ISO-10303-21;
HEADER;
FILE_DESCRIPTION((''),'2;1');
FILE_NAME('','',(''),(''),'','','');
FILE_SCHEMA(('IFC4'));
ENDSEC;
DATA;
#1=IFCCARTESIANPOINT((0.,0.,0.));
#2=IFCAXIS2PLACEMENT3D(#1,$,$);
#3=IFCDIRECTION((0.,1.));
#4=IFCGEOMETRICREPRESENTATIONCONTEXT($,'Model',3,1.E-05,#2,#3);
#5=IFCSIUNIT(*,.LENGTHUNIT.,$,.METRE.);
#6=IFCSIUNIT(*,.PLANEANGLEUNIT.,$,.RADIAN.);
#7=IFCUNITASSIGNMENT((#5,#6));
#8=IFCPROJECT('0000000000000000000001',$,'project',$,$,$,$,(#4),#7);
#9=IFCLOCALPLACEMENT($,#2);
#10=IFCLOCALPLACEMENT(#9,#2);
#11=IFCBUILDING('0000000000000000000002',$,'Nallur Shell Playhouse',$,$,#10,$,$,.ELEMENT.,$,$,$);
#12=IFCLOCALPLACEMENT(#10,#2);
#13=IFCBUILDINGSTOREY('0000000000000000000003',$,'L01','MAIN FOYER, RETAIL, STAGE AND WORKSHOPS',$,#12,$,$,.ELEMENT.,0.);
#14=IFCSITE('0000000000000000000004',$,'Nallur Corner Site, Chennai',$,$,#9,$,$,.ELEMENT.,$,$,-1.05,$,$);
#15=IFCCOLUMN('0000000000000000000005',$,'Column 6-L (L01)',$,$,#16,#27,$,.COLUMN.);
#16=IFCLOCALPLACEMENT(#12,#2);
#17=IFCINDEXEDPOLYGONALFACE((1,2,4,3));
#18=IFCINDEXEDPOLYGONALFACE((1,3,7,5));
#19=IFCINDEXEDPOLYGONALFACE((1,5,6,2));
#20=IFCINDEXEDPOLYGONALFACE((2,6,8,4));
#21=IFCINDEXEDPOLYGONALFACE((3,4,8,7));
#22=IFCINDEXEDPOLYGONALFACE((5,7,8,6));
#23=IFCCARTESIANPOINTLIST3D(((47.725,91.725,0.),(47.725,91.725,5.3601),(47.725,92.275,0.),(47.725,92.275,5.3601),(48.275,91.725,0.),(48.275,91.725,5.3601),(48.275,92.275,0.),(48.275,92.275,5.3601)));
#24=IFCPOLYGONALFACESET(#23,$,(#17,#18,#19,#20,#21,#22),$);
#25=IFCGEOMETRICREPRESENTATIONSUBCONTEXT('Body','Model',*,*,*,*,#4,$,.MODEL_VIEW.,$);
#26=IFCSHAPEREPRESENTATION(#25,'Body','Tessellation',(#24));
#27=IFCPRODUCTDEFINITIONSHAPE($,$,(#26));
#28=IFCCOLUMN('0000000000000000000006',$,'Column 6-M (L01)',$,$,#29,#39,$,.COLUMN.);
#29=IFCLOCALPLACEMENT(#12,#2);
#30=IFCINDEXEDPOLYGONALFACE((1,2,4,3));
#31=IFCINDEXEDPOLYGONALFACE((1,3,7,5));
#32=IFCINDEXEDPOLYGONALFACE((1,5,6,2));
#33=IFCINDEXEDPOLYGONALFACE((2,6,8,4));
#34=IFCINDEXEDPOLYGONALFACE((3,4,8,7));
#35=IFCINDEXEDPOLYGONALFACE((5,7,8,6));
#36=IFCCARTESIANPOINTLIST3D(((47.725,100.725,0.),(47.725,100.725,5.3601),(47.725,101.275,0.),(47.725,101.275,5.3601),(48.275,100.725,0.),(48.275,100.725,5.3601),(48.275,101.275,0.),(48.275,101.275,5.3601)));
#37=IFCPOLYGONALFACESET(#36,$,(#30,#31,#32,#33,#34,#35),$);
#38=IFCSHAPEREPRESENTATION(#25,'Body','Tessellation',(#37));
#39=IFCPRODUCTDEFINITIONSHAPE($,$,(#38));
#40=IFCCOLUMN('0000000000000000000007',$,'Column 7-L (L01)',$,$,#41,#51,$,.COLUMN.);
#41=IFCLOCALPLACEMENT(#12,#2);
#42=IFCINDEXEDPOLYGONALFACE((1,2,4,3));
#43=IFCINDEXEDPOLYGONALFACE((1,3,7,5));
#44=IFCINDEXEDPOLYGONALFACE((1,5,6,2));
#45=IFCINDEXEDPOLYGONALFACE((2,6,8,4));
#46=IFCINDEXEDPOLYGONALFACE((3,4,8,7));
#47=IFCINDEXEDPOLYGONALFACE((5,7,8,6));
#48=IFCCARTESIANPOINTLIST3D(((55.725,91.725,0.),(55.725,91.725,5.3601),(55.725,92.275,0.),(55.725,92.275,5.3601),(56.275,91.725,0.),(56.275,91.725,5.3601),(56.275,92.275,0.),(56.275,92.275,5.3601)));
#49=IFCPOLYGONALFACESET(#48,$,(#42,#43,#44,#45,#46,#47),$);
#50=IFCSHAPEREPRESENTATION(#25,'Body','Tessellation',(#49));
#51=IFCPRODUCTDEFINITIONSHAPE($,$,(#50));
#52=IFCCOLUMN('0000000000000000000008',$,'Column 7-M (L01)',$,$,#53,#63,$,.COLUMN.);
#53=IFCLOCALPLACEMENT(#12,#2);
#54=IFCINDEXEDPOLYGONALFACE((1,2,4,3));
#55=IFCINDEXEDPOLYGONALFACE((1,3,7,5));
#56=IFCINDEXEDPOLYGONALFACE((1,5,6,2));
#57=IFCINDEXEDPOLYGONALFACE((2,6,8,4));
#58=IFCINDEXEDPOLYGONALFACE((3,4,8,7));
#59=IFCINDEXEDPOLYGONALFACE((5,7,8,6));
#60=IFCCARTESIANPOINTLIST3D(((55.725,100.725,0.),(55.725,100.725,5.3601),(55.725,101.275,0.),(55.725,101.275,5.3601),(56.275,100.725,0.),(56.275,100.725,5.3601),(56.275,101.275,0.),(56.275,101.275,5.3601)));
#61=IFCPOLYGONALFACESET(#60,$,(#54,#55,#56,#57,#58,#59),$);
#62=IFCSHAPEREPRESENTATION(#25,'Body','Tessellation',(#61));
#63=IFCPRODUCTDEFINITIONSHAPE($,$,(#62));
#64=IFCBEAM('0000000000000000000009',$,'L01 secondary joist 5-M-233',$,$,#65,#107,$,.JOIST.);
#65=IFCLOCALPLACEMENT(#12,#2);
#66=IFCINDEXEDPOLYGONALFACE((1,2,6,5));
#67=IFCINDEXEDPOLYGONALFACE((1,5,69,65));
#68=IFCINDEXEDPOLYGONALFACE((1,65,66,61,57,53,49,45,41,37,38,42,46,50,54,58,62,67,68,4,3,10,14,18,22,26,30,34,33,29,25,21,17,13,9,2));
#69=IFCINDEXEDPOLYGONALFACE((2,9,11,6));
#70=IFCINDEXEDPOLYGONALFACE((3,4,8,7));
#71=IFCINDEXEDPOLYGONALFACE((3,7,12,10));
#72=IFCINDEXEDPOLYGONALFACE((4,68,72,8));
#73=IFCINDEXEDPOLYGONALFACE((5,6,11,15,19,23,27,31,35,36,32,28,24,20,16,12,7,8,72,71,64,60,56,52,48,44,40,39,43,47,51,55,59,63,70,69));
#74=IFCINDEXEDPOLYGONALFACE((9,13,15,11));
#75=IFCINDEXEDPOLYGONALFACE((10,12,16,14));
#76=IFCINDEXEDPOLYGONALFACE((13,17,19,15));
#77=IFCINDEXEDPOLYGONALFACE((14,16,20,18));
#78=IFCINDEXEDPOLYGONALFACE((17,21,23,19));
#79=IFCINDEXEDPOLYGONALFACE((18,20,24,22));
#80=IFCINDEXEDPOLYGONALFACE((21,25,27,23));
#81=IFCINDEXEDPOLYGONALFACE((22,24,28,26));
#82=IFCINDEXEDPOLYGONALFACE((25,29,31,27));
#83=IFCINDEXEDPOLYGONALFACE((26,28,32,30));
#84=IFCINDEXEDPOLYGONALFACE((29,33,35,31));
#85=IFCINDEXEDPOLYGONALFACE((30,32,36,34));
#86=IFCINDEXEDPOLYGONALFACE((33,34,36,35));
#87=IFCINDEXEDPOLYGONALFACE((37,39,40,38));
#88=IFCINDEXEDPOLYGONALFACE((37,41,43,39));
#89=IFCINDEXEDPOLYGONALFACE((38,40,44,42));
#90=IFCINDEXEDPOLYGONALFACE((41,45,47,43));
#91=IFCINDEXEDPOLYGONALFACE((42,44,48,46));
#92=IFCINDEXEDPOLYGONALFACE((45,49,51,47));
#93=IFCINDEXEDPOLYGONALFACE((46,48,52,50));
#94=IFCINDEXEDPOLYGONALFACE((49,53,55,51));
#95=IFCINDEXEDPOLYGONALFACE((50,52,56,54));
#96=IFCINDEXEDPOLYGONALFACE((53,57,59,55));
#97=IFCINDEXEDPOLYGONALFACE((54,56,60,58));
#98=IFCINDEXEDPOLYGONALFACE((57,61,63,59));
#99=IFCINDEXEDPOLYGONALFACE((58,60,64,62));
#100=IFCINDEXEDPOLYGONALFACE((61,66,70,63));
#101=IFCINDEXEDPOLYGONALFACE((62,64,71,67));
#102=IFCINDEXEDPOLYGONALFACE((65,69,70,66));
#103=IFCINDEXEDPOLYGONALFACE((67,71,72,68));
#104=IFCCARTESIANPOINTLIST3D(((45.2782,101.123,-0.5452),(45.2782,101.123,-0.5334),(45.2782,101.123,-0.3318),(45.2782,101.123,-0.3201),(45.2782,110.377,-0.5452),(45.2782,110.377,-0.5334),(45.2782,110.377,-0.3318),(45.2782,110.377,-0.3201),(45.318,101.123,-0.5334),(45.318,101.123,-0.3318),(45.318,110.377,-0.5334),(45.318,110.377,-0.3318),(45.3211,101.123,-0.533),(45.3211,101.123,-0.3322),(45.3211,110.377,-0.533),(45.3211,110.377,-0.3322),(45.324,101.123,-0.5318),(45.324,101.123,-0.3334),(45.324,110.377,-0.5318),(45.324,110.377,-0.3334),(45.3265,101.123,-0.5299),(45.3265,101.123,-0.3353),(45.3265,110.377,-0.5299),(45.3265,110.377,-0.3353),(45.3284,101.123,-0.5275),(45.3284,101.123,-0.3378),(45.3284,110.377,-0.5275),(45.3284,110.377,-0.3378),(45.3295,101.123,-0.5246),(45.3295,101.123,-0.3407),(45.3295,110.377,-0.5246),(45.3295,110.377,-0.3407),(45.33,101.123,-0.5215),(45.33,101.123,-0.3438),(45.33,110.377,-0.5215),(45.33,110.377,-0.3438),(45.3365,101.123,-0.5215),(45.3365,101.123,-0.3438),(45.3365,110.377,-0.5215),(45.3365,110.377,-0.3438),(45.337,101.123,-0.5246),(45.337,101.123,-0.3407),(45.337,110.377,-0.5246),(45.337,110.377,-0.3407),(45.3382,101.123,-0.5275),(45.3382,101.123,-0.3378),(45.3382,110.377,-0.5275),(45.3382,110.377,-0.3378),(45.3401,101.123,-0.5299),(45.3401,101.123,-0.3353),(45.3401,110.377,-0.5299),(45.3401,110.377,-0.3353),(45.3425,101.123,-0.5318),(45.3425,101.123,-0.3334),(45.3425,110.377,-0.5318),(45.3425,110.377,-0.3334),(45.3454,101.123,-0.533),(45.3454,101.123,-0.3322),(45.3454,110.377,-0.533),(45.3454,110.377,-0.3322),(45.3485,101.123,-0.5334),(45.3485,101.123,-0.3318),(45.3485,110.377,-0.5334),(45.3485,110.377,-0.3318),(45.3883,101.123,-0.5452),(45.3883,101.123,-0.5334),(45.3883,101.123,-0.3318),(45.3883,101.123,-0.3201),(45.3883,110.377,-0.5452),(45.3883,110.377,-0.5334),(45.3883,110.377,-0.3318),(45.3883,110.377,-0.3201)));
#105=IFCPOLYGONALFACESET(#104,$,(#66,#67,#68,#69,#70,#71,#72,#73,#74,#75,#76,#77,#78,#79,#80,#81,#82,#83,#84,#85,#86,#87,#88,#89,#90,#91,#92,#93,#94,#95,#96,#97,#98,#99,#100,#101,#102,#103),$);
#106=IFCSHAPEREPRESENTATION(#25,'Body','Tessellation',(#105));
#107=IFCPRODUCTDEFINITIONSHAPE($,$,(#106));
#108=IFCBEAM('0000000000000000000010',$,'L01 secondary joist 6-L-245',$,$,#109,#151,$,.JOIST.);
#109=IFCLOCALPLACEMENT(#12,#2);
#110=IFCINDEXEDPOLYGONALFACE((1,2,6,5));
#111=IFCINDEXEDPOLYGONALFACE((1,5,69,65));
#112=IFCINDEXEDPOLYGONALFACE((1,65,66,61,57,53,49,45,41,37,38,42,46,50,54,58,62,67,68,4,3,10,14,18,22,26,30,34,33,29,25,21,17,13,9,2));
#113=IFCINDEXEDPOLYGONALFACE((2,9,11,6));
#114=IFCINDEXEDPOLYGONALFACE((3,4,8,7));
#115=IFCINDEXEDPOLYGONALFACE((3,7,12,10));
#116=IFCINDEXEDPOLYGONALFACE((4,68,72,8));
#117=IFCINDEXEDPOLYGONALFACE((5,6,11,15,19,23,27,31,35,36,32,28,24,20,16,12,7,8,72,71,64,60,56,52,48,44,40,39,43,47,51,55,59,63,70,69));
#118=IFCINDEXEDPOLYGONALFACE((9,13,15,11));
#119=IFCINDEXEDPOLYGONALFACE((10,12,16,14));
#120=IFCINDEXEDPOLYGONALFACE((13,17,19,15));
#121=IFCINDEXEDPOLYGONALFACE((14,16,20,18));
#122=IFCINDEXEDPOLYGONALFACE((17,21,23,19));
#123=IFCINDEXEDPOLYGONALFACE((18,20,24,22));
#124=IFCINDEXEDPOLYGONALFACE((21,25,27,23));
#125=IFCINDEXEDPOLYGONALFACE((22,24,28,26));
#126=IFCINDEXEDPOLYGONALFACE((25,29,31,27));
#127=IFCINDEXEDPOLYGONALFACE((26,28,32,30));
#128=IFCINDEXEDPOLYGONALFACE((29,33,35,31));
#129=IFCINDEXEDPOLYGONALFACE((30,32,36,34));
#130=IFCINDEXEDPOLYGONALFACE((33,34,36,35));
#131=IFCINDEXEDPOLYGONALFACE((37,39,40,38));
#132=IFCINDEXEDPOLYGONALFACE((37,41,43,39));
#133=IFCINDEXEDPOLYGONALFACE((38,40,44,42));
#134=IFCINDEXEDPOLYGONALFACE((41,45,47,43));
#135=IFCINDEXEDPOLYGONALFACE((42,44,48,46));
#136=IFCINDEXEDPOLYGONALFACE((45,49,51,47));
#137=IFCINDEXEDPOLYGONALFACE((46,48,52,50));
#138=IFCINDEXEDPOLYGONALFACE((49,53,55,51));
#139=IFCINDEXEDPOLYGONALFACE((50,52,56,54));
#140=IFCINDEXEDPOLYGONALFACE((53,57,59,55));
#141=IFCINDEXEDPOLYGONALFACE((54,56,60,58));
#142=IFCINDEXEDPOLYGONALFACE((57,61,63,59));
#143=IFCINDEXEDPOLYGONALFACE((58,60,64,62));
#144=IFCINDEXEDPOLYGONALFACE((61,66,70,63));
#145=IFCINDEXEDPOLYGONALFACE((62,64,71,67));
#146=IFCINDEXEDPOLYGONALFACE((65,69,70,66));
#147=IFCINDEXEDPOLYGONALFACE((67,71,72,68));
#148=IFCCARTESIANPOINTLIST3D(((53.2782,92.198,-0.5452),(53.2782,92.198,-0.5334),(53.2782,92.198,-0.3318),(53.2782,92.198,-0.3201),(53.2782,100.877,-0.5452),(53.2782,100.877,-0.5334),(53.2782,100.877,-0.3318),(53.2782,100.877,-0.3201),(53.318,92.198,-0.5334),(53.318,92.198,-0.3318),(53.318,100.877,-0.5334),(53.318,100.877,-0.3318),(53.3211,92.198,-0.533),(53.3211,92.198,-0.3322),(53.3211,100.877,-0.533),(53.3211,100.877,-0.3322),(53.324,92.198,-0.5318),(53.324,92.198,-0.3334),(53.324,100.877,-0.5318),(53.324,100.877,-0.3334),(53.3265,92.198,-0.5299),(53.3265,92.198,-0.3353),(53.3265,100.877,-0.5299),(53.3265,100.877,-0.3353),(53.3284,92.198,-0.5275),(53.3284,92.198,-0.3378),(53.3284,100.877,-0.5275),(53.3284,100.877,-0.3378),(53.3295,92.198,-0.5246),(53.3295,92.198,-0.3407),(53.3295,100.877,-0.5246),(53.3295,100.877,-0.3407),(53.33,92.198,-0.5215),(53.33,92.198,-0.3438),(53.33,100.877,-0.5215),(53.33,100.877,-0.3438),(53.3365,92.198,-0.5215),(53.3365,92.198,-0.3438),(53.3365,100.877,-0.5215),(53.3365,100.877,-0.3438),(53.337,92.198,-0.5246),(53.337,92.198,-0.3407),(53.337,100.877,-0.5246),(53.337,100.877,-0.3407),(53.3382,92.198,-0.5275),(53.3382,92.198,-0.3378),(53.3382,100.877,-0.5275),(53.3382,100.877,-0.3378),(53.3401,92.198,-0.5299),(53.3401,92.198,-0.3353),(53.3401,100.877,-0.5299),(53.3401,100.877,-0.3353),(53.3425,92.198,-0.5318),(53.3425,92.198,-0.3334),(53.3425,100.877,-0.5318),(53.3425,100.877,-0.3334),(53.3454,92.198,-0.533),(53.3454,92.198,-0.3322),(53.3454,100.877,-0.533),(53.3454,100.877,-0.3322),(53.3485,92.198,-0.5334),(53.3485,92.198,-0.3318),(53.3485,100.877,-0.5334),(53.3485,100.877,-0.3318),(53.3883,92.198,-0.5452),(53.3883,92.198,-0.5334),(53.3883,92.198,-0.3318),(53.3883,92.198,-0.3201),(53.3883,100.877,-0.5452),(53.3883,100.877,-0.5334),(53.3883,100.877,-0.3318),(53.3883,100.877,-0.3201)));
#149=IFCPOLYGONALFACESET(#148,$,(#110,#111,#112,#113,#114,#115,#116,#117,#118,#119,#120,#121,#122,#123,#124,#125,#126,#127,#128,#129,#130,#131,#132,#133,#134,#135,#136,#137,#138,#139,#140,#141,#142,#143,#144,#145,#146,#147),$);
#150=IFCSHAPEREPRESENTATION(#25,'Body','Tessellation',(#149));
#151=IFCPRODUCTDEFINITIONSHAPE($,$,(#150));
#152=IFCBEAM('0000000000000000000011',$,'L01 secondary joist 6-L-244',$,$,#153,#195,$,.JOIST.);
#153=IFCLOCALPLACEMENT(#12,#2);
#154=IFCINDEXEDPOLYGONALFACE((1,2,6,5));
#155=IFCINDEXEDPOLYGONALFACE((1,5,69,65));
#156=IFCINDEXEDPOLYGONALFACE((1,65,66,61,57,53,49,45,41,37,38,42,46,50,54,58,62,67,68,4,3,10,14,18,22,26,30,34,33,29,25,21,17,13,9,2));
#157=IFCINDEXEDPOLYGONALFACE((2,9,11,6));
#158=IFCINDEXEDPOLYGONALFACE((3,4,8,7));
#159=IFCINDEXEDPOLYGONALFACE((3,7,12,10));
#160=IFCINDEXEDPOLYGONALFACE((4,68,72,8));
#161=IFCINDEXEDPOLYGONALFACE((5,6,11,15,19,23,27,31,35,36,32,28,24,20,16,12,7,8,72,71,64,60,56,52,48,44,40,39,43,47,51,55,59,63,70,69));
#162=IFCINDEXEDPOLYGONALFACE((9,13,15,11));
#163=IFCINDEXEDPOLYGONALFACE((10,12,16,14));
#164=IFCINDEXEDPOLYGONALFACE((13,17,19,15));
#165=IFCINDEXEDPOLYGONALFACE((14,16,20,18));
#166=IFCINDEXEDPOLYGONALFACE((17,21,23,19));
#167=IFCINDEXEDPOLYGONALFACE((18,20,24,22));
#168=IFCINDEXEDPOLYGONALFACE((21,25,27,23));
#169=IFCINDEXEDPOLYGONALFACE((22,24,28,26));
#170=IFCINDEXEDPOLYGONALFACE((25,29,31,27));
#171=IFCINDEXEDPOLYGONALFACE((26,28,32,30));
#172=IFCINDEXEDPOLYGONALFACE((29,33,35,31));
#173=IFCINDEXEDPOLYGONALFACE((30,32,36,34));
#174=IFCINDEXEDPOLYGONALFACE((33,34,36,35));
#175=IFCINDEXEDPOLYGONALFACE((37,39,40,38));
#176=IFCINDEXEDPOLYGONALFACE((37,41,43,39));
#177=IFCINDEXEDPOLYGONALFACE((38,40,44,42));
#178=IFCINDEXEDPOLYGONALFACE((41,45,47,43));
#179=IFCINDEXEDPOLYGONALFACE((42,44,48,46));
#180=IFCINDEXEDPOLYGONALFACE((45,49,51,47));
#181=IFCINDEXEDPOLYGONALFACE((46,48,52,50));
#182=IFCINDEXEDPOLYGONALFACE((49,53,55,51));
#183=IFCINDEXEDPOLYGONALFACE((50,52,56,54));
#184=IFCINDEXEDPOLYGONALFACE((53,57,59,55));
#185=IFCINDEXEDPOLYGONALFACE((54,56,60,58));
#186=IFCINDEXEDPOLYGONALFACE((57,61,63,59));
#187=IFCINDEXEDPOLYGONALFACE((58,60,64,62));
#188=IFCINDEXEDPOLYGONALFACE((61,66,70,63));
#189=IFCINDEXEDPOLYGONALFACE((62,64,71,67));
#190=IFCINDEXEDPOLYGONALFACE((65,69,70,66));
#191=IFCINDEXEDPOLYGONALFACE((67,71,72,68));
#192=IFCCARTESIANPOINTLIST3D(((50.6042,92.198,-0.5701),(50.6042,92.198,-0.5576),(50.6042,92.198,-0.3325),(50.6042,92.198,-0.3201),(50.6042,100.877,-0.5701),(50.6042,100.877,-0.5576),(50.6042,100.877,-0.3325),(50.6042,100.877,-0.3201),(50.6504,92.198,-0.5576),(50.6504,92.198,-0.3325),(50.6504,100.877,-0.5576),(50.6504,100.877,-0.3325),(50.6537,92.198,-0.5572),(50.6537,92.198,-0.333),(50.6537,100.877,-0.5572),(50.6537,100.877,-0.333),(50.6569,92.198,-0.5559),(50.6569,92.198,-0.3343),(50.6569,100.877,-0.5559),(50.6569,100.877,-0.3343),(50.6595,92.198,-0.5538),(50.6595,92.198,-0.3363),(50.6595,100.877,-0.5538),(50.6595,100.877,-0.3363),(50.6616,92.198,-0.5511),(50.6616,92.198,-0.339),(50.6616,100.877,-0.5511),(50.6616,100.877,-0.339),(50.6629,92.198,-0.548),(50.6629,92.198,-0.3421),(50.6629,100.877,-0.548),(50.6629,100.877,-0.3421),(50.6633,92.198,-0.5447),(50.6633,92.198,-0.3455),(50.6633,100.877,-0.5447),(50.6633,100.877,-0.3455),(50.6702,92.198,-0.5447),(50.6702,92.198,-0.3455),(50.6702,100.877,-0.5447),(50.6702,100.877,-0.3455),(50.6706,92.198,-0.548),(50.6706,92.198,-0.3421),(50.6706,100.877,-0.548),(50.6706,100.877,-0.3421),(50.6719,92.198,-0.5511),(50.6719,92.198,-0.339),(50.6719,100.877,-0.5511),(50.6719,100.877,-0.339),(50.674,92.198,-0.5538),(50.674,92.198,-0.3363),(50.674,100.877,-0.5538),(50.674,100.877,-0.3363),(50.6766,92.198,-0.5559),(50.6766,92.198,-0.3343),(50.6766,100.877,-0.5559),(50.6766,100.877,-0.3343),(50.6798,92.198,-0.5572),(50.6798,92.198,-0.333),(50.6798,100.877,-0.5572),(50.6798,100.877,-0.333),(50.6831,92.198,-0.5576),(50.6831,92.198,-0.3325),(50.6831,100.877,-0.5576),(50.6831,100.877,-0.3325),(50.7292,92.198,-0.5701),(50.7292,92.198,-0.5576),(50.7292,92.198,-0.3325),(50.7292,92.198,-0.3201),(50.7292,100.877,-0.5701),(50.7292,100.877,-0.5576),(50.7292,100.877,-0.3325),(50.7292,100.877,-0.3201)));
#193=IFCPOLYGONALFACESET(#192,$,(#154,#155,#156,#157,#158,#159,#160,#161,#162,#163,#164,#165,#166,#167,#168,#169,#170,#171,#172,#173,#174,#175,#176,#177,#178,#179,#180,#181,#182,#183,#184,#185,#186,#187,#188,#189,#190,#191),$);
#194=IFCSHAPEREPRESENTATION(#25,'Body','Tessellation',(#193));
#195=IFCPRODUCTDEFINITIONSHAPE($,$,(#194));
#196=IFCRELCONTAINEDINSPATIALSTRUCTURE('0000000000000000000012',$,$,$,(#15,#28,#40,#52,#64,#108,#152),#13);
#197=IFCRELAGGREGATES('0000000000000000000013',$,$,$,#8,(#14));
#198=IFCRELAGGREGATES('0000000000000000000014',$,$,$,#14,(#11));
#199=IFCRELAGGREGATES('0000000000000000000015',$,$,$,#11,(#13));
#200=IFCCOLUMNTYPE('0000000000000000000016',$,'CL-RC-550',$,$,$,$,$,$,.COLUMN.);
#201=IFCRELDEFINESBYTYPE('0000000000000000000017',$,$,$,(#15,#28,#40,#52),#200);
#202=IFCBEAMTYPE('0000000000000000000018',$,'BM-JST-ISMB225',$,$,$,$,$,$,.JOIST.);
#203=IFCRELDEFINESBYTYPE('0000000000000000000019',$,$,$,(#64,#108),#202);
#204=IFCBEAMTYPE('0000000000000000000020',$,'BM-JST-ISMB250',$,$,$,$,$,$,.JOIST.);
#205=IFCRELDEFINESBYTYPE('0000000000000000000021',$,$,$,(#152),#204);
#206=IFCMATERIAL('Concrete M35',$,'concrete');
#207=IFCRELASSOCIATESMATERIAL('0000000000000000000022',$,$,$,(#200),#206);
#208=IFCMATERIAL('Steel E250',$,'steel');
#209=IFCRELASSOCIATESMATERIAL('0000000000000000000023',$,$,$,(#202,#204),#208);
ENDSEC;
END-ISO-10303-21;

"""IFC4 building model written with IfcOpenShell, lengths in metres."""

from ifc_helpers import new_model, si_unit, direction, frame, origin, origin_2d, place, context, subcontext, project, spatial, rectangle, i_section, extrude, material, material_profile, profile_set, type_object, element, save


model = new_model("IFC4")

# Units and contexts
model_context = context("Model", 3, precision=1e-05, world=origin(), true_north=direction((0.0, 1.0)))
body_context = subcontext(model_context, "Body", "Model", "MODEL_VIEW")
ifc_project = project(units=[si_unit("LENGTHUNIT", "METRE"), si_unit("PLANEANGLEUNIT", "RADIAN")], contexts=[model_context])

# Site, building, storey
site_placement = place(None, origin())
site = spatial("IfcSite", under=ifc_project, at=site_placement, Name="Nallur Corner Site, Chennai", CompositionType="ELEMENT", RefElevation=-1.05)
building_placement = place(site_placement, origin())
building = spatial("IfcBuilding", under=site, at=building_placement, Name="Nallur Shell Playhouse", CompositionType="ELEMENT")
storey_placement = place(building_placement, origin())
storey = spatial("IfcBuildingStorey", under=building, at=storey_placement, Name="L01", Description="MAIN FOYER, RETAIL, STAGE AND WORKSHOPS", CompositionType="ELEMENT", Elevation=0.0)

# Columns
ifc_material_1 = material(Name="Concrete M35", Category="concrete")
ifc_material_profile_1 = material_profile(ifc_material_1, rectangle(XDim=0.55, YDim=0.55, at=origin_2d()), Name="RC 550x550")
ifc_profile_set_1 = profile_set([ifc_material_profile_1], Name="Concrete M35")
column_type = type_object("IfcColumnType", Name="CL-RC-550", PredefinedType="COLUMN", material=ifc_profile_set_1)
for number, where, z_axis, x_axis, name in (
    (1, (48.0, 92.0, 0.0), (0.0, 0.0, 1.0), (1.0, 0.0, 0.0), "Column 6-L (L01)"),
    (2, (48.0, 101.0, 0.0), (0.0, 0.0, 1.0), (1.0, 0.0, 0.0), "Column 6-M (L01)"),
    (3, (56.0, 92.0, 0.0), (0.0, 0.0, 1.0), (1.0, 0.0, 0.0), "Column 7-L (L01)"),
    (4, (56.0, 101.0, 0.0), (0.0, 0.0, 1.0), (1.0, 0.0, 0.0), "Column 7-M (L01)"),
):
    element("IfcColumn", number, at=place(storey_placement, frame(where, z_axis=z_axis, x_axis=x_axis)), inside=storey, type_object=column_type, Name=name, PredefinedType="COLUMN", context=body_context, shape_type="SweptSolid", body=[
        extrude(rectangle(XDim=0.55, YDim=0.55, at=origin_2d()), origin(), (0.0, 0.0, 1.0), 5.3601),
    ])

# Beams
ifc_material_2 = material(Name="Steel E250", Category="steel")
ifc_material_profile_2 = material_profile(ifc_material_2, i_section(OverallWidth=0.1101, OverallDepth=0.2251, WebThickness=0.0066, FlangeThickness=0.0117, FilletRadius=0.012, at=origin_2d()), Name="ISMB 225")
ifc_profile_set_2 = profile_set([ifc_material_profile_2], Name="Steel E250")
beam_type_1 = type_object("IfcBeamType", Name="BM-JST-ISMB225", PredefinedType="JOIST", material=ifc_profile_set_2)
beam_1_placement = place(storey_placement, frame((45.3333, 101.123, -0.4326), z_axis=(0.0, 1.0, 0.0), x_axis=(-1.0, 0.0, 0.0)))
element("IfcBeam", 5, at=beam_1_placement, inside=storey, type_object=beam_type_1, Name="L01 secondary joist 5-M-233", PredefinedType="JOIST", context=body_context, shape_type="SweptSolid", body=[
    extrude(i_section(OverallWidth=0.1101, OverallDepth=0.2251, WebThickness=0.0066, FlangeThickness=0.0117, FilletRadius=0.012, at=origin_2d()), origin(), (0.0, 0.0, 1.0), 9.2539),
])
beam_2_placement = place(storey_placement, frame((53.3333, 92.198, -0.4326), z_axis=(0.0, 1.0, 0.0), x_axis=(-1.0, 0.0, 0.0)))
element("IfcBeam", 6, at=beam_2_placement, inside=storey, type_object=beam_type_1, Name="L01 secondary joist 6-L-245", PredefinedType="JOIST", context=body_context, shape_type="SweptSolid", body=[
    extrude(i_section(OverallWidth=0.1101, OverallDepth=0.2251, WebThickness=0.0066, FlangeThickness=0.0117, FilletRadius=0.012, at=origin_2d()), origin(), (0.0, 0.0, 1.0), 8.679),
])
ifc_material_profile_3 = material_profile(ifc_material_2, i_section(OverallWidth=0.125, OverallDepth=0.25, WebThickness=0.0068, FlangeThickness=0.0125, FilletRadius=0.0129, at=origin_2d()), Name="ISMB 250")
ifc_profile_set_3 = profile_set([ifc_material_profile_3], Name="Steel E250")
beam_type_2 = type_object("IfcBeamType", Name="BM-JST-ISMB250", PredefinedType="JOIST", material=ifc_profile_set_3)
beam_3_placement = place(storey_placement, frame((50.6667, 92.198, -0.4451), z_axis=(0.0, 1.0, 0.0), x_axis=(-1.0, 0.0, 0.0)))
element("IfcBeam", 7, at=beam_3_placement, inside=storey, type_object=beam_type_2, Name="L01 secondary joist 6-L-244", PredefinedType="JOIST", context=body_context, shape_type="SweptSolid", body=[
    extrude(i_section(OverallWidth=0.125, OverallDepth=0.25, WebThickness=0.0068, FlangeThickness=0.0125, FilletRadius=0.0129, at=origin_2d()), origin(), (0.0, 0.0, 1.0), 8.679),
])

save(model, "model.ifc")
